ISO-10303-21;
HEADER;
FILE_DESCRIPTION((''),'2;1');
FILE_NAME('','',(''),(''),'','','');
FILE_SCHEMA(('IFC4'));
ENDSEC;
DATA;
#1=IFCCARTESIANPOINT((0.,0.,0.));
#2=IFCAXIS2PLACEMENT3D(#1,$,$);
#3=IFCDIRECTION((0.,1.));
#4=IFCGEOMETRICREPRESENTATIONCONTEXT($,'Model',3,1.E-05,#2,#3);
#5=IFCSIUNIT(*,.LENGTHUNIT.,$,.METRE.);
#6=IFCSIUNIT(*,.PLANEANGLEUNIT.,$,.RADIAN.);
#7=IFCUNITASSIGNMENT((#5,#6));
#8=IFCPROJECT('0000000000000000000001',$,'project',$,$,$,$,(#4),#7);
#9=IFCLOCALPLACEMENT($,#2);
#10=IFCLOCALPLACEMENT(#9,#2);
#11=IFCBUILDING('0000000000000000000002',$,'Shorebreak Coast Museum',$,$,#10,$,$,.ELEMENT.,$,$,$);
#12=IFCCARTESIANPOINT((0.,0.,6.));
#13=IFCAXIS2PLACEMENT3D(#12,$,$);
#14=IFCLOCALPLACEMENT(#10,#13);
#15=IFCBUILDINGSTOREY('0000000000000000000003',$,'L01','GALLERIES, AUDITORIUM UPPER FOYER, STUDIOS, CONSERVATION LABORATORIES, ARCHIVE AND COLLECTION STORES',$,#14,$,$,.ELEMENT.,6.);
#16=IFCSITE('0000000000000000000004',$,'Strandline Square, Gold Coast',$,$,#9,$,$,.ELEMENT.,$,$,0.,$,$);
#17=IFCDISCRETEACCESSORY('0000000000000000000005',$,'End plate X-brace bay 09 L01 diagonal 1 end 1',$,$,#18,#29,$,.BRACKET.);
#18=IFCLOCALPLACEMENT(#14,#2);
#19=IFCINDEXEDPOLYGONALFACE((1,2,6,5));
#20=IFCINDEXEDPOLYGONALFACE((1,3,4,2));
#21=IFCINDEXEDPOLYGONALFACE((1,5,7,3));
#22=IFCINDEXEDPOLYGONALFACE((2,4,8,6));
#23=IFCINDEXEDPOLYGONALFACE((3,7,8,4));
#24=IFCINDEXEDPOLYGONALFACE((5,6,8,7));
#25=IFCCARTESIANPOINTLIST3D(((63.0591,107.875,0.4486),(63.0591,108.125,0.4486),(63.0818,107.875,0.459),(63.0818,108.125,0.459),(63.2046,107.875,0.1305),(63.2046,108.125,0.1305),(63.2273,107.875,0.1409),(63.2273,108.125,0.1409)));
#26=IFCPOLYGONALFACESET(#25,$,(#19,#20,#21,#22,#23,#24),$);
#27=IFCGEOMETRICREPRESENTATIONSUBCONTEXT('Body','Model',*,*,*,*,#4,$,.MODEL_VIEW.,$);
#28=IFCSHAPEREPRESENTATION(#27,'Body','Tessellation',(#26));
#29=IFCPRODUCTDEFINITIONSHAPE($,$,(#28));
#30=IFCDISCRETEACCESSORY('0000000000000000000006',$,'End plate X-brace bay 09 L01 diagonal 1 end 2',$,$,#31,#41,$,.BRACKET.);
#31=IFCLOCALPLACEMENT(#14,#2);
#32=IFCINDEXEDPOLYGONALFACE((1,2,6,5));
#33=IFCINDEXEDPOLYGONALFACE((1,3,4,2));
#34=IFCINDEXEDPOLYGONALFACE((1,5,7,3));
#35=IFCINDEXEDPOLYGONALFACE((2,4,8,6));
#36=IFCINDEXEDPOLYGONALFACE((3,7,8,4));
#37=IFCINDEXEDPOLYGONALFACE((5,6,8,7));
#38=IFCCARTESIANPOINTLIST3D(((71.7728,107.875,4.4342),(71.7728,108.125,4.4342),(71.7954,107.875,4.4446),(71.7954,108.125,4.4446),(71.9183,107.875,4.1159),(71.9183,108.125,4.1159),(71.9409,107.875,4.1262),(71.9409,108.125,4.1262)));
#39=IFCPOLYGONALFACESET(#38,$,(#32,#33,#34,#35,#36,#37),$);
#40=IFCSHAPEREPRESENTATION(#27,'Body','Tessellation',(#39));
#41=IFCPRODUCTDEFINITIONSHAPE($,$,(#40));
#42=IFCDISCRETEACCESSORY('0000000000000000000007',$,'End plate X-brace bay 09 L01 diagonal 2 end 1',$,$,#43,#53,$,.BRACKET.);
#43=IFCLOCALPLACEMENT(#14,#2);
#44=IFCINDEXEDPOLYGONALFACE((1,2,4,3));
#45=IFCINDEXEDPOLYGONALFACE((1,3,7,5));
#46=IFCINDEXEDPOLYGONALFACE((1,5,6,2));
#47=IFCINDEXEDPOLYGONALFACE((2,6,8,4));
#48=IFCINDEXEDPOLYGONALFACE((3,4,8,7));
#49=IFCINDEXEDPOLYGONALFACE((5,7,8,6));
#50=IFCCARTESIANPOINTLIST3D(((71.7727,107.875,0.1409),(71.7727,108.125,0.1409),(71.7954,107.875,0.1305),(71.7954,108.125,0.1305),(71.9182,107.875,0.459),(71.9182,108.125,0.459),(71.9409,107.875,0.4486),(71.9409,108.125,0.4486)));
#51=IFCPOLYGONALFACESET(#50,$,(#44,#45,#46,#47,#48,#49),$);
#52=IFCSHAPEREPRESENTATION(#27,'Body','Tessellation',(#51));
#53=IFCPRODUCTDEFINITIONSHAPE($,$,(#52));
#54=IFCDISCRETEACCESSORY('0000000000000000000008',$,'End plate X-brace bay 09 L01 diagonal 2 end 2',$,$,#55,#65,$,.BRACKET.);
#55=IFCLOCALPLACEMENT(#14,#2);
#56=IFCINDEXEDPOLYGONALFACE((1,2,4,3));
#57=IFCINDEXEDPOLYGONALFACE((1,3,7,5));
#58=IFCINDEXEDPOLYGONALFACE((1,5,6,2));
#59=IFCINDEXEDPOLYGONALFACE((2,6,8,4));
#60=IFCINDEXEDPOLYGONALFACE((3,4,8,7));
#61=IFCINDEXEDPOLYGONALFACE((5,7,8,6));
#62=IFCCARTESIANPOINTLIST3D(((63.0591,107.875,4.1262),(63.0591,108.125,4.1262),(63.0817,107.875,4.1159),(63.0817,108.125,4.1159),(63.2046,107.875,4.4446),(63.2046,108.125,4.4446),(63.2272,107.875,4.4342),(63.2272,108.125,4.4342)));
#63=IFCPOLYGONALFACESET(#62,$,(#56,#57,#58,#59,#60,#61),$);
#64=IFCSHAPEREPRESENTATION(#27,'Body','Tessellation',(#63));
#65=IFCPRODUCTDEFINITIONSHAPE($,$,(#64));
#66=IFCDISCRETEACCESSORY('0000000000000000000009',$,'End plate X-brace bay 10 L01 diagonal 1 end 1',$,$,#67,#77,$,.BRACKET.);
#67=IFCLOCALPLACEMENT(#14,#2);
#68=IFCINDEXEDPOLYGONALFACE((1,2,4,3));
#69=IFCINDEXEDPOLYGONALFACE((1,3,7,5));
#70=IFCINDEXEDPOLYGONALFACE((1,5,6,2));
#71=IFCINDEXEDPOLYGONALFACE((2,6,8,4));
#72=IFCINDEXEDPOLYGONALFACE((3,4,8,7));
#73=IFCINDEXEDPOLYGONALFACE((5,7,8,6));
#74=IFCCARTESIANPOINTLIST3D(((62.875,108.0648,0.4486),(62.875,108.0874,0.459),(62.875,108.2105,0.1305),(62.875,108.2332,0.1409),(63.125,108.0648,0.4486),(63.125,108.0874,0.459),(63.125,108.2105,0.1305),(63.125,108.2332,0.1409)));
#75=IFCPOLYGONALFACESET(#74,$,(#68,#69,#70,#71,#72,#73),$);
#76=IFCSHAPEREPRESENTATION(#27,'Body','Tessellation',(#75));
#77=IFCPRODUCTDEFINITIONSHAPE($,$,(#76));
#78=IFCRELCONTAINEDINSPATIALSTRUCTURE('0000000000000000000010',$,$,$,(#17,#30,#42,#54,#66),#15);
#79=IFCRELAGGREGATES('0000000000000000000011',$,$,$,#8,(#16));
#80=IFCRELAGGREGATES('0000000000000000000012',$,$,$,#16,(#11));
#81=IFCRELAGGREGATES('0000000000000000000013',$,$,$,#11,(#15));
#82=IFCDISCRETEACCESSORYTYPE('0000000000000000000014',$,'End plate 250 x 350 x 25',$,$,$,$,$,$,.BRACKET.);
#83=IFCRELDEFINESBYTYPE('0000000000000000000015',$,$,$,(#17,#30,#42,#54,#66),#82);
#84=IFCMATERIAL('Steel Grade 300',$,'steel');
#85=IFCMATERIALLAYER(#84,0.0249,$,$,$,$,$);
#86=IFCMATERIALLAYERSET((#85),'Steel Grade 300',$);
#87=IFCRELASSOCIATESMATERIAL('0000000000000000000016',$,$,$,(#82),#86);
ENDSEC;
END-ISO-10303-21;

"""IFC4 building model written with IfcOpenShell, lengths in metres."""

from ifc_helpers import new_model, si_unit, direction, frame, origin, place, context, subcontext, project, spatial, polyline, outline, extrude, material, layer, layer_set, type_object, element, save


model = new_model("IFC4")

# Units and contexts
model_context = context("Model", 3, precision=1e-05, world=origin(), true_north=direction((0.0, 1.0)))
body_context = subcontext(model_context, "Body", "Model", "MODEL_VIEW")
ifc_project = project(units=[si_unit("LENGTHUNIT", "METRE"), si_unit("PLANEANGLEUNIT", "RADIAN")], contexts=[model_context])

# Site, building, storey
site_placement = place(None, origin())
site = spatial("IfcSite", under=ifc_project, at=site_placement, Name="Strandline Square, Gold Coast", CompositionType="ELEMENT", RefElevation=0.0)
building_placement = place(site_placement, origin())
building = spatial("IfcBuilding", under=site, at=building_placement, Name="Shorebreak Coast Museum", CompositionType="ELEMENT")
storey_placement = place(building_placement, frame((0.0, 0.0, 6.0)))
storey = spatial("IfcBuildingStorey", under=building, at=storey_placement, Name="L01", Description="GALLERIES, AUDITORIUM UPPER FOYER, STUDIOS, CONSERVATION LABORATORIES, ARCHIVE AND COLLECTION STORES", CompositionType="ELEMENT", Elevation=6.0)

# Discrete accessories
ifc_material_1 = material(Name="Steel Grade 300", Category="steel")
ifc_layer_1 = layer(ifc_material_1, 0.0249)
ifc_layer_set_1 = layer_set([ifc_layer_1], Name="Steel Grade 300")
discrete_accessory_type = type_object("IfcDiscreteAccessoryType", Name="End plate 250 x 350 x 25", PredefinedType="BRACKET", material=ifc_layer_set_1)
discrete_accessory_1_placement = place(storey_placement, frame((63.2273, 107.875, 0.1409), z_axis=(0.909384, 0.0, 0.415958), x_axis=(0.0, 1.0, 0.0)))
element("IfcDiscreteAccessory", 1, at=discrete_accessory_1_placement, inside=storey, type_object=discrete_accessory_type, Name="End plate X-brace bay 09 L01 diagonal 1 end 1", PredefinedType="BRACKET", context=body_context, shape_type="SweptSolid", body=[
    extrude(outline(polyline([(0.0, 0.0), (0.25, 0.0), (0.25, 0.3498), (0.0, 0.3498), (0.0, 0.0)])), origin(), (0.0, 0.0, -1.0), 0.0249),
])
discrete_accessory_2_placement = place(storey_placement, frame((71.9409, 107.875, 4.1262), z_axis=(0.909505, 0.0, 0.415694), x_axis=(0.0, 1.0, 0.0)))
element("IfcDiscreteAccessory", 2, at=discrete_accessory_2_placement, inside=storey, type_object=discrete_accessory_type, Name="End plate X-brace bay 09 L01 diagonal 1 end 2", PredefinedType="BRACKET", context=body_context, shape_type="SweptSolid", body=[
    extrude(outline(polyline([(0.0, 0.0), (0.25, 0.0), (0.25, 0.35), (0.0, 0.35), (0.0, 0.0)])), origin(), (0.0, 0.0, -1.0), 0.0249),
])
discrete_accessory_3_placement = place(storey_placement, frame((71.7727, 108.125, 0.1409), z_axis=(-0.909384, 0.0, 0.415958), x_axis=(0.0, -1.0, 0.0)))
element("IfcDiscreteAccessory", 3, at=discrete_accessory_3_placement, inside=storey, type_object=discrete_accessory_type, Name="End plate X-brace bay 09 L01 diagonal 2 end 1", PredefinedType="BRACKET", context=body_context, shape_type="SweptSolid", body=[
    extrude(outline(polyline([(0.0, 0.0), (0.25, 0.0), (0.25, 0.3498), (0.0, 0.3498), (0.0, 0.0)])), origin(), (0.0, 0.0, -1.0), 0.0249),
])
discrete_accessory_4_placement = place(storey_placement, frame((63.0591, 108.125, 4.1262), z_axis=(-0.909505, 0.0, 0.415694), x_axis=(0.0, -1.0, 0.0)))
element("IfcDiscreteAccessory", 4, at=discrete_accessory_4_placement, inside=storey, type_object=discrete_accessory_type, Name="End plate X-brace bay 09 L01 diagonal 2 end 2", PredefinedType="BRACKET", context=body_context, shape_type="SweptSolid", body=[
    extrude(outline(polyline([(0.0, 0.0), (0.25, 0.0), (0.25, 0.35), (0.0, 0.35), (0.0, 0.0)])), origin(), (0.0, 0.0, -1.0), 0.0249),
])
discrete_accessory_5_placement = place(storey_placement, frame((63.125, 108.2332, 0.1409), z_axis=(0.0, 0.90912, 0.416535), x_axis=(-1.0, 0.0, 0.0)))
element("IfcDiscreteAccessory", 5, at=discrete_accessory_5_placement, inside=storey, type_object=discrete_accessory_type, Name="End plate X-brace bay 10 L01 diagonal 1 end 1", PredefinedType="BRACKET", context=body_context, shape_type="SweptSolid", body=[
    extrude(outline(polyline([(0.0, 0.0), (0.25, 0.0), (0.25, 0.3499), (0.0, 0.3499), (0.0, 0.0)])), origin(), (0.0, 0.0, -1.0), 0.0249),
])

save(model, "model.ifc")
